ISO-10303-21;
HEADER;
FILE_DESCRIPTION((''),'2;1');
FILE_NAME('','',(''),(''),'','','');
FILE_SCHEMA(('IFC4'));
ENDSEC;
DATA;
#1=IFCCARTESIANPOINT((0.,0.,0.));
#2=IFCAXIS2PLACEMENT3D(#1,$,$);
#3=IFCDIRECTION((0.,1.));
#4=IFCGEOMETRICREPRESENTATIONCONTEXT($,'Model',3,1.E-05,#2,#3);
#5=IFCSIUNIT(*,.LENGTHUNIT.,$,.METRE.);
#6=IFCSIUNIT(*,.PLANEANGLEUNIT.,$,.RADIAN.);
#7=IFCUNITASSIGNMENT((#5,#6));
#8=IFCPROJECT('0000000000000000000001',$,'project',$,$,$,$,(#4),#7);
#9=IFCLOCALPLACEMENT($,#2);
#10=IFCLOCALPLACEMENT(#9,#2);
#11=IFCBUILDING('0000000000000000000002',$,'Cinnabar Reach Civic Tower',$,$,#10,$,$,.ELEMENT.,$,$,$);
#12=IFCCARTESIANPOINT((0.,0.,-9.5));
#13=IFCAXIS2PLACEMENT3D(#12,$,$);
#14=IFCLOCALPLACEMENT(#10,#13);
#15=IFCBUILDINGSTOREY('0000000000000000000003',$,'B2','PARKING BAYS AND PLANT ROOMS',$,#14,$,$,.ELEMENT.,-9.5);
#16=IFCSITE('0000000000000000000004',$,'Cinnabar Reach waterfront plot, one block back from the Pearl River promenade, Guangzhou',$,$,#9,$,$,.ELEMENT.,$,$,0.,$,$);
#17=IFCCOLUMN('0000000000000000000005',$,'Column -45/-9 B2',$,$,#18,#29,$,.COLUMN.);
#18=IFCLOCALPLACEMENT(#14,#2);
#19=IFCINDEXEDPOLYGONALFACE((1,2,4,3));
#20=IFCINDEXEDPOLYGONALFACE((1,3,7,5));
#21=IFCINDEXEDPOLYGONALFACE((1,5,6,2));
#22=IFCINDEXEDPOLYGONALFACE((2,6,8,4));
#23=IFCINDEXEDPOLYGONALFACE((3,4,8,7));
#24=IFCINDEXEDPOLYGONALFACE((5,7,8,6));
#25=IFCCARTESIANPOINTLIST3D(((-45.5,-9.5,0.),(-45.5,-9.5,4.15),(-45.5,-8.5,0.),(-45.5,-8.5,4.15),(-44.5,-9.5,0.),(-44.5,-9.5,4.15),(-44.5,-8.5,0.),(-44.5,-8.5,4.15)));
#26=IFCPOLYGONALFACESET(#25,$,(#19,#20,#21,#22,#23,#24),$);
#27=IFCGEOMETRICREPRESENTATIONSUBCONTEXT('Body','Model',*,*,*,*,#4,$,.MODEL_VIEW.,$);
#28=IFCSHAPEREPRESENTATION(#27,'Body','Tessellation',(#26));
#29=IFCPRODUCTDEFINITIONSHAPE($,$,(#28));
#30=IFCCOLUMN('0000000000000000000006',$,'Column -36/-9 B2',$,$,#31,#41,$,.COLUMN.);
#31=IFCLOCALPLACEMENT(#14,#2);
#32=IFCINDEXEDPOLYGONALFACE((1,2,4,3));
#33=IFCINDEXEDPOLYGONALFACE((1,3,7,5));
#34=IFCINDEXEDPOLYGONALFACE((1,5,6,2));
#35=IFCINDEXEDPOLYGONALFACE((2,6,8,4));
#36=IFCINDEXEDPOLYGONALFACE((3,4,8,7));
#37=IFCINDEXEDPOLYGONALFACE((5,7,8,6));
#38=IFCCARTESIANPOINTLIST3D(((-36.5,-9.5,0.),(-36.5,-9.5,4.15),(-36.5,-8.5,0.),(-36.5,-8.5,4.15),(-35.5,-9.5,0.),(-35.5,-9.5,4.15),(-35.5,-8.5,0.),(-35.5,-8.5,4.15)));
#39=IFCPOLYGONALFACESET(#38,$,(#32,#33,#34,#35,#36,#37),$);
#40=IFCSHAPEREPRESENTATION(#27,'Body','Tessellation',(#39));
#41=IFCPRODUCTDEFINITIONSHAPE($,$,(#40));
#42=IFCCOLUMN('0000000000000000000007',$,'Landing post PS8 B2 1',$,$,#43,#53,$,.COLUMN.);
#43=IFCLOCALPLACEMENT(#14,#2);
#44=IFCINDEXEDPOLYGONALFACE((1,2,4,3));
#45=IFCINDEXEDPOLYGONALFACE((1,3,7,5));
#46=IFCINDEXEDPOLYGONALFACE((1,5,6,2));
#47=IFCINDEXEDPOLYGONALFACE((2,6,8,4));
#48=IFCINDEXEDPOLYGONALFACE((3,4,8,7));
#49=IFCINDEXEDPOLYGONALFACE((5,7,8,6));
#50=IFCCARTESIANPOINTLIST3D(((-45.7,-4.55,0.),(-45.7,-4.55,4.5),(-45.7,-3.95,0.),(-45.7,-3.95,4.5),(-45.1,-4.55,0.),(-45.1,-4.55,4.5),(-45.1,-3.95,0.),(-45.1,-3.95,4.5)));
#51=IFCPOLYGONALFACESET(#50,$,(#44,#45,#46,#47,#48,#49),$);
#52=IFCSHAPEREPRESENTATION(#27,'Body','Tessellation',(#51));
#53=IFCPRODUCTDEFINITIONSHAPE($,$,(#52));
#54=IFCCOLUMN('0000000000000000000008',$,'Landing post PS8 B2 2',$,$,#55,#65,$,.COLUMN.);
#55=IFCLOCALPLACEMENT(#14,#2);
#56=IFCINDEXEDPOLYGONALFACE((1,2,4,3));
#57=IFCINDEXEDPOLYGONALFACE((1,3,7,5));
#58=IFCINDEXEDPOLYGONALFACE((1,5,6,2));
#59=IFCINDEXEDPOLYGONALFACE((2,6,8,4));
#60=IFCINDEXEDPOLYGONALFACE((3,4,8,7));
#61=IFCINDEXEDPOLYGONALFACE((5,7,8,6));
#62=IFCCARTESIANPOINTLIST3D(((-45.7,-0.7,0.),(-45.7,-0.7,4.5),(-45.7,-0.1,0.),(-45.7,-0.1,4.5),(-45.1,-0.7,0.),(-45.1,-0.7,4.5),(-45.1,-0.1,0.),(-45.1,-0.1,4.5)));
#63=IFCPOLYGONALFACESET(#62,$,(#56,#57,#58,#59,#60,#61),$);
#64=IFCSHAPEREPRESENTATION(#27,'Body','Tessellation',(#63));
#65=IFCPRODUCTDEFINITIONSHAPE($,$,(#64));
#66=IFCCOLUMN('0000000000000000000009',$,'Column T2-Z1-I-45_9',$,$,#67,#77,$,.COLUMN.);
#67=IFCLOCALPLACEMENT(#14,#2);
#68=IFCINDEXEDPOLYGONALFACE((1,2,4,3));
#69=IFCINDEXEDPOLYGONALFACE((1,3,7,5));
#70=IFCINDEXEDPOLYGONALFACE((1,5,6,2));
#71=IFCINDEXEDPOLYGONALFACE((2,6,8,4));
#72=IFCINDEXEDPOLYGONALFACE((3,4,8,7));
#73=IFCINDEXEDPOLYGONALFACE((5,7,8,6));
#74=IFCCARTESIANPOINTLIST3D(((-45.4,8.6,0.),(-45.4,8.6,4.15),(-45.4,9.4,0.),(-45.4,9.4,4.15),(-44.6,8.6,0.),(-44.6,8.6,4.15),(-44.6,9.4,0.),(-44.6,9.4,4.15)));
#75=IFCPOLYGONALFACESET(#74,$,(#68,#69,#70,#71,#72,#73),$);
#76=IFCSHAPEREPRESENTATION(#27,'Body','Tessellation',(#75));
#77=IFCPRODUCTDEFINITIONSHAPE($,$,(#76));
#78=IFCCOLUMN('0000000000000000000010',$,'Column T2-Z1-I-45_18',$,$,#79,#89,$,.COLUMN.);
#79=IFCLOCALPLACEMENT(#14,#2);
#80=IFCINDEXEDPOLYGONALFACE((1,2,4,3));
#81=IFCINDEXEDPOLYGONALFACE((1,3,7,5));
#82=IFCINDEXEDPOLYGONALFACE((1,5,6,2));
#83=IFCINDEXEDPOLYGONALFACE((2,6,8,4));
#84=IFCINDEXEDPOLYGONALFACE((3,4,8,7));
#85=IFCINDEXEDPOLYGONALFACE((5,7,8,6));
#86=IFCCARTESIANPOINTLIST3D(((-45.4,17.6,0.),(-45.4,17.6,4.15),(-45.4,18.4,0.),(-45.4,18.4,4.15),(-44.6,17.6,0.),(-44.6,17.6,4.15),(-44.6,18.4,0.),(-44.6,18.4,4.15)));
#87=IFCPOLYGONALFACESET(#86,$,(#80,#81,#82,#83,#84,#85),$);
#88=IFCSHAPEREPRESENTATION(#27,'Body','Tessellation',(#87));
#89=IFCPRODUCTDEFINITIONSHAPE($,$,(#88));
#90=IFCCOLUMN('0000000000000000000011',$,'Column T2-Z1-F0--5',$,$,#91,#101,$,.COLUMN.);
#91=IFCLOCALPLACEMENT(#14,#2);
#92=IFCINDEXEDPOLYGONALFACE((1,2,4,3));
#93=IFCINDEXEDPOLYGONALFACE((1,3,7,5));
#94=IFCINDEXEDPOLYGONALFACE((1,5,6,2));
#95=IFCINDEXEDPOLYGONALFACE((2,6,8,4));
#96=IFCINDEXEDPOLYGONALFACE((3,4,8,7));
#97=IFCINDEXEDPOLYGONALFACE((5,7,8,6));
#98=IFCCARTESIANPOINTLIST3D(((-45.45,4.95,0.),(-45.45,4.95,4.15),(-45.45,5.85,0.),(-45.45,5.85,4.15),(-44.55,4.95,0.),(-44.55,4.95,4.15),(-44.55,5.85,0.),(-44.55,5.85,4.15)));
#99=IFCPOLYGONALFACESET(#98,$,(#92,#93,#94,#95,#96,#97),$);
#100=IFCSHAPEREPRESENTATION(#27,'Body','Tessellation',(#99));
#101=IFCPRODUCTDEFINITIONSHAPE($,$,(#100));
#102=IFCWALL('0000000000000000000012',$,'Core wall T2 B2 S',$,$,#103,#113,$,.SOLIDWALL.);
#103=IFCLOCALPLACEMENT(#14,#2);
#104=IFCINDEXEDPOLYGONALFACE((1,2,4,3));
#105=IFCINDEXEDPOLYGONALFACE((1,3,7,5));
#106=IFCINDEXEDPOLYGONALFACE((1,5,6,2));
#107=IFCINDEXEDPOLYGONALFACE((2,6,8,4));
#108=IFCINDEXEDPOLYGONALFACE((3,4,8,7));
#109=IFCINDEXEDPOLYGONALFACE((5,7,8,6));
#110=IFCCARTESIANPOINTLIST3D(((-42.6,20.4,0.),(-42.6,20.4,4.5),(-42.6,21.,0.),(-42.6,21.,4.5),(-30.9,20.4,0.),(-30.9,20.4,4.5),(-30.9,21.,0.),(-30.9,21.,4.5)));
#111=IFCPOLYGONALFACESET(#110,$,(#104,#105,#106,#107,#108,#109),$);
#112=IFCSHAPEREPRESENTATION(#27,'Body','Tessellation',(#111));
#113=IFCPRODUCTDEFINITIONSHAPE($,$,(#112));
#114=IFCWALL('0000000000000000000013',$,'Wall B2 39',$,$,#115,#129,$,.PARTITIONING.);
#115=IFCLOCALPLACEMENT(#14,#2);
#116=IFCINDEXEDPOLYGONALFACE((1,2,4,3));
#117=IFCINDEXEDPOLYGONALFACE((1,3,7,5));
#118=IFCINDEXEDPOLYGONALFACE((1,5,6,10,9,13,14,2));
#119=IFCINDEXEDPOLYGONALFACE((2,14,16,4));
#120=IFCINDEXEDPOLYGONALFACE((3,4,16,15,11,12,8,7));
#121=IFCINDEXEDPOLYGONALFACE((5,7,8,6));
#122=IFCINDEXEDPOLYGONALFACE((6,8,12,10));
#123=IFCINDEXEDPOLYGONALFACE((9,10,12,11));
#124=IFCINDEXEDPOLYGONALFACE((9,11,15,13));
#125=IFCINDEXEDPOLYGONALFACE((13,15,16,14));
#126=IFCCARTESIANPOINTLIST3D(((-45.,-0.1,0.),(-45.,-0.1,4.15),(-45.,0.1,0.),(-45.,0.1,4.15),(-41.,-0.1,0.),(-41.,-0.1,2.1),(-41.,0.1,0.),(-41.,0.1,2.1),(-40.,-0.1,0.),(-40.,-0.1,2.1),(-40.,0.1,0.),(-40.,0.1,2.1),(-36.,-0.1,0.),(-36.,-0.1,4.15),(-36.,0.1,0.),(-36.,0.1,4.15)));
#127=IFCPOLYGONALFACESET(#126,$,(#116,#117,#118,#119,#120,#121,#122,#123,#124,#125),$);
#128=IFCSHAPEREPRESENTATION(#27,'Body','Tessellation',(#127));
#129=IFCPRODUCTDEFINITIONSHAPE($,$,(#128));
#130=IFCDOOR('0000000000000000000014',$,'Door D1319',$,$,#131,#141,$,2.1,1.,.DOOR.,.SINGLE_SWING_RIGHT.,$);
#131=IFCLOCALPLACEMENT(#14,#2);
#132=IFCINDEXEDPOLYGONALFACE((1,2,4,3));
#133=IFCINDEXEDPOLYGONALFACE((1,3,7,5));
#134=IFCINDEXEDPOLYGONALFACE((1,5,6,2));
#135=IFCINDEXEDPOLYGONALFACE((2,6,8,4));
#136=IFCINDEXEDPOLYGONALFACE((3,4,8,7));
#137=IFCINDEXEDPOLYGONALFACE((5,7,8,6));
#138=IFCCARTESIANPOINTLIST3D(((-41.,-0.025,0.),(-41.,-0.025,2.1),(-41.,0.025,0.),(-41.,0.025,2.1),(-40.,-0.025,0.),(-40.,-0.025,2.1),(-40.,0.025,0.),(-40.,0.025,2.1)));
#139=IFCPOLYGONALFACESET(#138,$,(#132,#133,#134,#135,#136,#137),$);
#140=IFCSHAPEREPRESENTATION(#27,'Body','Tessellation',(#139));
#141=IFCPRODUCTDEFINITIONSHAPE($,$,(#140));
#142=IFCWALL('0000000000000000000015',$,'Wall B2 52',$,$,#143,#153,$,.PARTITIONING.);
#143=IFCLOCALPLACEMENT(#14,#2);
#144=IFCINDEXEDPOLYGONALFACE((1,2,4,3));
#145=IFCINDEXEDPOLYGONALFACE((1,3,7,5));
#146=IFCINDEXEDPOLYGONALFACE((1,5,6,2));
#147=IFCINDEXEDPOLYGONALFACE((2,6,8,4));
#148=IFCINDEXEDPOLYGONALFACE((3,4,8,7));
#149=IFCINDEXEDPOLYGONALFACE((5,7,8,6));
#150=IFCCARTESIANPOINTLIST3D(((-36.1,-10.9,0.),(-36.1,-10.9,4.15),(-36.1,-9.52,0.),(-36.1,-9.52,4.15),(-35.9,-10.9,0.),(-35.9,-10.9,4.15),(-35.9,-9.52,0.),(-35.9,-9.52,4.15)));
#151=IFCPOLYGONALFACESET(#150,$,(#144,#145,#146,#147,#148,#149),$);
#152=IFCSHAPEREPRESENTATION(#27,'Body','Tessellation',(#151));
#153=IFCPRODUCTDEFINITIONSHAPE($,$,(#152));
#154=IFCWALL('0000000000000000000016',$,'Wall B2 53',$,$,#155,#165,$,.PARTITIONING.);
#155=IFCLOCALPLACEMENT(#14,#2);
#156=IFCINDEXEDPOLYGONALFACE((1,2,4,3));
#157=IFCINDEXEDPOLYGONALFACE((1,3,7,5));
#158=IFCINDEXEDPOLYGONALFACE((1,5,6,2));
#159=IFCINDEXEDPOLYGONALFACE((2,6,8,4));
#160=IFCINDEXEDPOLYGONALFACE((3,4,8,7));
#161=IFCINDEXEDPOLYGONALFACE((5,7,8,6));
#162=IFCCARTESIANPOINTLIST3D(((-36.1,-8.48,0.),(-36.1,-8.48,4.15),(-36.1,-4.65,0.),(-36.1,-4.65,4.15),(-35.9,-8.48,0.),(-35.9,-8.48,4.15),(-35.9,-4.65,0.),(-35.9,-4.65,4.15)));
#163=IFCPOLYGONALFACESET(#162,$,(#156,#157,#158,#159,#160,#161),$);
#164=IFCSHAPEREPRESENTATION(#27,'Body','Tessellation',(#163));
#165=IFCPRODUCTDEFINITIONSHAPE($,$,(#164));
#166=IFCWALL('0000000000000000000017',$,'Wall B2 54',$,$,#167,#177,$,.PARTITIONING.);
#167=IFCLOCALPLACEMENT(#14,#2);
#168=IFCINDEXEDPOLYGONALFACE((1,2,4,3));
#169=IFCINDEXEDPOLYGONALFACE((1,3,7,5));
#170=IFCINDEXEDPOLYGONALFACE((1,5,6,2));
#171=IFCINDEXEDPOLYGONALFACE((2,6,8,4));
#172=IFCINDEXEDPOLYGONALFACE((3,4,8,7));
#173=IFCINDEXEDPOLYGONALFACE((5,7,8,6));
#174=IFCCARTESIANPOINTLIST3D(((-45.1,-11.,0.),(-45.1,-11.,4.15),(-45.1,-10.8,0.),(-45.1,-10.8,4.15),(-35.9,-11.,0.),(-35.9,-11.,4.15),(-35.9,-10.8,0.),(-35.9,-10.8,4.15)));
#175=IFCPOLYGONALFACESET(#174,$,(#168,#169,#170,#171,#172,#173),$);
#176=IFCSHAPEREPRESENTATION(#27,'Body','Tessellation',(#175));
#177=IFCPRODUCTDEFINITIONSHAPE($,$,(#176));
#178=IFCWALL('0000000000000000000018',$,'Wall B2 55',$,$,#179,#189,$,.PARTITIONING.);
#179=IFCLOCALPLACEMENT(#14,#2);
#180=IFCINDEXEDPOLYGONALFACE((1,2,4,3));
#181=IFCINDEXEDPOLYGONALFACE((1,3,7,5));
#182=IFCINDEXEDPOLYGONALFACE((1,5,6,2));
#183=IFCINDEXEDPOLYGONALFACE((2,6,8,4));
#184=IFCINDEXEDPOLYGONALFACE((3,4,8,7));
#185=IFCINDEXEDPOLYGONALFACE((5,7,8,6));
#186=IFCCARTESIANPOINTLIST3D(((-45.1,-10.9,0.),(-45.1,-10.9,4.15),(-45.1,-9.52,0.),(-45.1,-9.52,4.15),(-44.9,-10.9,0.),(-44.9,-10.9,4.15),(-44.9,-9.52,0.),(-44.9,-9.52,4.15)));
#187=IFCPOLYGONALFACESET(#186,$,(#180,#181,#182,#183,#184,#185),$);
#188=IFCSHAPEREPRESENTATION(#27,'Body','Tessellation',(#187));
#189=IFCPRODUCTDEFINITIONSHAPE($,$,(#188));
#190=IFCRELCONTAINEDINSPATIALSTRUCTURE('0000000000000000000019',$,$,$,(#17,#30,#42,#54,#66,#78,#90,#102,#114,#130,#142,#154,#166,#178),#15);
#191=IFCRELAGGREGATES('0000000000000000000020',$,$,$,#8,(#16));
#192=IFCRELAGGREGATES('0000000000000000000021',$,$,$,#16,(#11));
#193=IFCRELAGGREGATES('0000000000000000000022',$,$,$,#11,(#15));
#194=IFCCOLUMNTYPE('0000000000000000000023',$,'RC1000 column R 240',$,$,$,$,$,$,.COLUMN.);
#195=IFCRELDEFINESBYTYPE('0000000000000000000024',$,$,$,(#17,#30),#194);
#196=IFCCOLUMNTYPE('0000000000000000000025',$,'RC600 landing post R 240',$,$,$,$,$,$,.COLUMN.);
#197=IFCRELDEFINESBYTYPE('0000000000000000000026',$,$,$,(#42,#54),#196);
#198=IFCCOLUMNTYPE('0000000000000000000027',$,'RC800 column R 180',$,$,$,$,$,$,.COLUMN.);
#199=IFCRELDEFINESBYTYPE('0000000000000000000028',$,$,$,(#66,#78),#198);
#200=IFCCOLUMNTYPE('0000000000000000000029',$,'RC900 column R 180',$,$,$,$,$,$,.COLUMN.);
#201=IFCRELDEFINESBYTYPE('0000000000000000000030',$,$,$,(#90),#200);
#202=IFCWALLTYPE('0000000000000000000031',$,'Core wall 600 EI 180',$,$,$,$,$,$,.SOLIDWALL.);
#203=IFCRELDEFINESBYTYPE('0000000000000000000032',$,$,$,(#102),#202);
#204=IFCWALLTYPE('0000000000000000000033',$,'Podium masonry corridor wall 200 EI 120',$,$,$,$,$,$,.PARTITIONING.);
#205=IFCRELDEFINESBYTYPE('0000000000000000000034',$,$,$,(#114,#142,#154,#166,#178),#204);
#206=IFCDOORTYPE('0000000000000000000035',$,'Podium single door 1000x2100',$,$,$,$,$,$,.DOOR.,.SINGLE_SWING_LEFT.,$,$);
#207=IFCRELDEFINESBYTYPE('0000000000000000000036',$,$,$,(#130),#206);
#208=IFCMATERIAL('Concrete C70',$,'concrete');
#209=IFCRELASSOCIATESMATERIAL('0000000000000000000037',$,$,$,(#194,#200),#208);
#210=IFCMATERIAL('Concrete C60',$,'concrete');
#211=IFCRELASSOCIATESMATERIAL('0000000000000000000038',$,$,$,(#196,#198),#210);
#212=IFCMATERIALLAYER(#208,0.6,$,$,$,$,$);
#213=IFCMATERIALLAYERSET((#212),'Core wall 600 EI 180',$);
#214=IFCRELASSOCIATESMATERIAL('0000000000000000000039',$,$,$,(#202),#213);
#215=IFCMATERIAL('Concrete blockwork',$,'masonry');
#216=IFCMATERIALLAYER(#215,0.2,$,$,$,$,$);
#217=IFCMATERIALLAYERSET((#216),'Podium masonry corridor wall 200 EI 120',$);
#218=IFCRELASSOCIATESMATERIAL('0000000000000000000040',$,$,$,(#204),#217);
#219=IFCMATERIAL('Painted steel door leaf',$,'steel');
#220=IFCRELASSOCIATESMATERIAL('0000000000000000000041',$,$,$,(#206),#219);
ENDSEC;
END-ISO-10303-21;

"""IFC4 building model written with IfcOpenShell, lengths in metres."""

from ifc_helpers import new_model, si_unit, direction, frame, frame_2d, origin, origin_2d, place, context, subcontext, project, spatial, rectangle, extrude, material, layer, layer_set, material_profile, profile_set, type_object, element, fill, save


model = new_model("IFC4")

# Units and contexts
model_context = context("Model", 3, precision=1e-05, world=origin(), true_north=direction((0.0, 1.0)))
body_context = subcontext(model_context, "Body", "Model", "MODEL_VIEW")
ifc_project = project(units=[si_unit("LENGTHUNIT", "METRE"), si_unit("PLANEANGLEUNIT", "RADIAN")], contexts=[model_context])

# Site, building, storey
site_placement = place(None, origin())
site = spatial("IfcSite", under=ifc_project, at=site_placement, Name="Cinnabar Reach waterfront plot, one block back from the Pearl River promenade, Guangzhou", CompositionType="ELEMENT", RefElevation=0.0)
building_placement = place(site_placement, origin())
building = spatial("IfcBuilding", under=site, at=building_placement, Name="Cinnabar Reach Civic Tower", CompositionType="ELEMENT")
storey_placement = place(building_placement, frame((0.0, 0.0, -9.5)))
storey = spatial("IfcBuildingStorey", under=building, at=storey_placement, Name="B2", Description="PARKING BAYS AND PLANT ROOMS", CompositionType="ELEMENT", Elevation=-9.5)

# Columns
ifc_material_1 = material(Name="Concrete C70", Category="concrete")
ifc_material_profile_1 = material_profile(ifc_material_1, rectangle(XDim=1.0, YDim=1.0, at=origin_2d()), Name="RC1000")
ifc_profile_set_1 = profile_set([ifc_material_profile_1], Name="Concrete C70")
column_type_1 = type_object("IfcColumnType", Name="RC1000 column R 240", PredefinedType="COLUMN", material=ifc_profile_set_1)
for number, where, z_axis, x_axis, name in (
    (1, (-45.0, -9.0, 0.0), (0.0, 0.0, 1.0), (1.0, 0.0, 0.0), "Column -45/-9 B2"),
    (2, (-36.0, -9.0, 0.0), (0.0, 0.0, 1.0), (1.0, 0.0, 0.0), "Column -36/-9 B2"),
):
    element("IfcColumn", number, at=place(storey_placement, frame(where, z_axis=z_axis, x_axis=x_axis)), inside=storey, type_object=column_type_1, Name=name, PredefinedType="COLUMN", context=body_context, shape_type="SweptSolid", body=[
        extrude(rectangle(XDim=1.0, YDim=1.0, at=origin_2d()), origin(), (0.0, 0.0, 1.0), 4.15),
    ])
ifc_material_2 = material(Name="Concrete C60", Category="concrete")
ifc_material_profile_2 = material_profile(ifc_material_2, rectangle(XDim=0.6, YDim=0.6, at=origin_2d()), Name="RC600")
ifc_profile_set_2 = profile_set([ifc_material_profile_2], Name="Concrete C60")
column_type_2 = type_object("IfcColumnType", Name="RC600 landing post R 240", PredefinedType="COLUMN", material=ifc_profile_set_2)
for number, where, z_axis, x_axis, name in (
    (3, (-45.4, -4.25, 0.0), (0.0, 0.0, 1.0), (1.0, 0.0, 0.0), "Landing post PS8 B2 1"),
    (4, (-45.4, -0.4, 0.0), (0.0, 0.0, 1.0), (1.0, 0.0, 0.0), "Landing post PS8 B2 2"),
):
    element("IfcColumn", number, at=place(storey_placement, frame(where, z_axis=z_axis, x_axis=x_axis)), inside=storey, type_object=column_type_2, Name=name, PredefinedType="COLUMN", context=body_context, shape_type="SweptSolid", body=[
        extrude(rectangle(XDim=0.6, YDim=0.6, at=origin_2d()), origin(), (0.0, 0.0, 1.0), 4.5),
    ])
ifc_material_profile_3 = material_profile(ifc_material_2, rectangle(XDim=0.8, YDim=0.8, at=origin_2d()), Name="RC800")
ifc_profile_set_3 = profile_set([ifc_material_profile_3], Name="Concrete C60")
column_type_3 = type_object("IfcColumnType", Name="RC800 column R 180", PredefinedType="COLUMN", material=ifc_profile_set_3)
for number, where, z_axis, x_axis, name in (
    (5, (-45.0, 9.0, 0.0), (0.0, 0.0, 1.0), (1.0, 0.0, 0.0), "Column T2-Z1-I-45_9"),
    (6, (-45.0, 18.0, 0.0), (0.0, 0.0, 1.0), (1.0, 0.0, 0.0), "Column T2-Z1-I-45_18"),
):
    element("IfcColumn", number, at=place(storey_placement, frame(where, z_axis=z_axis, x_axis=x_axis)), inside=storey, type_object=column_type_3, Name=name, PredefinedType="COLUMN", context=body_context, shape_type="SweptSolid", body=[
        extrude(rectangle(XDim=0.8, YDim=0.8, at=origin_2d()), origin(), (0.0, 0.0, 1.0), 4.15),
    ])
ifc_material_profile_4 = material_profile(ifc_material_1, rectangle(XDim=0.9, YDim=0.9, at=origin_2d()), Name="RC900")
ifc_profile_set_4 = profile_set([ifc_material_profile_4], Name="Concrete C70")
column_type_4 = type_object("IfcColumnType", Name="RC900 column R 180", PredefinedType="COLUMN", material=ifc_profile_set_4)
column_placement = place(storey_placement, frame((-45.0, 5.4, 0.0), z_axis=(0.0, 0.0, 1.0), x_axis=(1.0, 0.0, 0.0)))
element("IfcColumn", 7, at=column_placement, inside=storey, type_object=column_type_4, Name="Column T2-Z1-F0--5", PredefinedType="COLUMN", context=body_context, shape_type="SweptSolid", body=[
    extrude(rectangle(XDim=0.9, YDim=0.9, at=origin_2d()), origin(), (0.0, 0.0, 1.0), 4.15),
])

# Wall
ifc_layer_1 = layer(ifc_material_1, 0.6)
ifc_layer_set_1 = layer_set([ifc_layer_1], Name="Core wall 600 EI 180")
wall_type_1 = type_object("IfcWallType", Name="Core wall 600 EI 180", PredefinedType="SOLIDWALL", material=ifc_layer_set_1)
wall_1_placement = place(storey_placement, frame((-42.6, 20.7, 0.0), z_axis=(0.0, 0.0, 1.0), x_axis=(1.0, 0.0, 0.0)))
element("IfcWall", 8, at=wall_1_placement, inside=storey, type_object=wall_type_1, Name="Core wall T2 B2 S", PredefinedType="SOLIDWALL", context=body_context, shape_type="SweptSolid", body=[
    extrude(rectangle(XDim=11.7, YDim=0.6, at=frame_2d((5.85, 0.0))), origin(), (0.0, 0.0, 1.0), 4.5),
])

# Wall, opening, door
ifc_material_3 = material(Name="Concrete blockwork", Category="masonry")
ifc_layer_2 = layer(ifc_material_3, 0.2)
ifc_layer_set_2 = layer_set([ifc_layer_2], Name="Podium masonry corridor wall 200 EI 120")
wall_type_2 = type_object("IfcWallType", Name="Podium masonry corridor wall 200 EI 120", PredefinedType="PARTITIONING", material=ifc_layer_set_2)
wall_2_placement = place(storey_placement, frame((-45.0, 0.0, 0.0), z_axis=(0.0, 0.0, 1.0), x_axis=(1.0, 0.0, 0.0)))
wall_2 = element("IfcWall", 9, at=wall_2_placement, inside=storey, type_object=wall_type_2, Name="Wall B2 39", PredefinedType="PARTITIONING", context=body_context, shape_type="SweptSolid", body=[
    extrude(rectangle(XDim=9.0, YDim=0.2, at=frame_2d((4.5, 0.0))), origin(), (0.0, 0.0, 1.0), 4.15),
])
opening_1_placement = place(wall_2_placement, frame((4.0, 0.0, 0.0)))
opening_1 = element("IfcOpeningElement", 10, at=opening_1_placement, cuts=wall_2, PredefinedType="OPENING", context=body_context, shape_type="SweptSolid", body=[
    extrude(rectangle(XDim=1.0, YDim=2.1, at=frame_2d((0.5, 1.05))), frame((0.0, 0.11, 0.0), z_axis=(0.0, -1.0, 0.0), x_axis=(1.0, 0.0, 0.0)), (0.0, 0.0, 1.0), 0.22),
])
ifc_material_4 = material(Name="Painted steel door leaf", Category="steel")
door_type_1 = type_object("IfcDoorType", Name="Podium single door 1000x2100", OperationType="SINGLE_SWING_LEFT", PredefinedType="DOOR", material=ifc_material_4)
door_1_placement = place(opening_1_placement, frame((1.0, 0.0, 0.0), z_axis=(0.0, 0.0, 1.0), x_axis=(-1.0, 0.0, 0.0)))
door_1 = element("IfcDoor", 11, at=door_1_placement, inside=storey, type_object=door_type_1, Name="Door D1319", OperationType="SINGLE_SWING_RIGHT", OverallHeight=2.1, OverallWidth=1.0, PredefinedType="DOOR", context=body_context, shape_type="SweptSolid", body=[
    extrude(rectangle(XDim=1.0, YDim=2.1, at=frame_2d((0.5, 1.05))), frame((0.0, 0.025, 0.0), z_axis=(0.0, -1.0, 0.0), x_axis=(1.0, 0.0, 0.0)), (0.0, 0.0, 1.0), 0.05),
])
fill(opening_1, door_1)

# Walls
wall_3_placement = place(storey_placement, frame((-36.0, -10.9, 0.0), z_axis=(0.0, 0.0, 1.0), x_axis=(0.0, 1.0, 0.0)))
element("IfcWall", 12, at=wall_3_placement, inside=storey, type_object=wall_type_2, Name="Wall B2 52", PredefinedType="PARTITIONING", context=body_context, shape_type="SweptSolid", body=[
    extrude(rectangle(XDim=1.38, YDim=0.2, at=frame_2d((0.69, 0.0))), origin(), (0.0, 0.0, 1.0), 4.15),
])
wall_4_placement = place(storey_placement, frame((-36.0, -8.48, 0.0), z_axis=(0.0, 0.0, 1.0), x_axis=(0.0, 1.0, 0.0)))
element("IfcWall", 13, at=wall_4_placement, inside=storey, type_object=wall_type_2, Name="Wall B2 53", PredefinedType="PARTITIONING", context=body_context, shape_type="SweptSolid", body=[
    extrude(rectangle(XDim=3.83, YDim=0.2, at=frame_2d((1.915, 0.0))), origin(), (0.0, 0.0, 1.0), 4.15),
])
wall_5_placement = place(storey_placement, frame((-45.1, -10.9, 0.0), z_axis=(0.0, 0.0, 1.0), x_axis=(1.0, 0.0, 0.0)))
element("IfcWall", 14, at=wall_5_placement, inside=storey, type_object=wall_type_2, Name="Wall B2 54", PredefinedType="PARTITIONING", context=body_context, shape_type="SweptSolid", body=[
    extrude(rectangle(XDim=9.2, YDim=0.2, at=frame_2d((4.6, 0.0))), origin(), (0.0, 0.0, 1.0), 4.15),
])
wall_6_placement = place(storey_placement, frame((-45.0, -10.9, 0.0), z_axis=(0.0, 0.0, 1.0), x_axis=(0.0, 1.0, 0.0)))
element("IfcWall", 15, at=wall_6_placement, inside=storey, type_object=wall_type_2, Name="Wall B2 55", PredefinedType="PARTITIONING", context=body_context, shape_type="SweptSolid", body=[
    extrude(rectangle(XDim=1.38, YDim=0.2, at=frame_2d((0.69, 0.0))), origin(), (0.0, 0.0, 1.0), 4.15),
])

save(model, "model.ifc")
